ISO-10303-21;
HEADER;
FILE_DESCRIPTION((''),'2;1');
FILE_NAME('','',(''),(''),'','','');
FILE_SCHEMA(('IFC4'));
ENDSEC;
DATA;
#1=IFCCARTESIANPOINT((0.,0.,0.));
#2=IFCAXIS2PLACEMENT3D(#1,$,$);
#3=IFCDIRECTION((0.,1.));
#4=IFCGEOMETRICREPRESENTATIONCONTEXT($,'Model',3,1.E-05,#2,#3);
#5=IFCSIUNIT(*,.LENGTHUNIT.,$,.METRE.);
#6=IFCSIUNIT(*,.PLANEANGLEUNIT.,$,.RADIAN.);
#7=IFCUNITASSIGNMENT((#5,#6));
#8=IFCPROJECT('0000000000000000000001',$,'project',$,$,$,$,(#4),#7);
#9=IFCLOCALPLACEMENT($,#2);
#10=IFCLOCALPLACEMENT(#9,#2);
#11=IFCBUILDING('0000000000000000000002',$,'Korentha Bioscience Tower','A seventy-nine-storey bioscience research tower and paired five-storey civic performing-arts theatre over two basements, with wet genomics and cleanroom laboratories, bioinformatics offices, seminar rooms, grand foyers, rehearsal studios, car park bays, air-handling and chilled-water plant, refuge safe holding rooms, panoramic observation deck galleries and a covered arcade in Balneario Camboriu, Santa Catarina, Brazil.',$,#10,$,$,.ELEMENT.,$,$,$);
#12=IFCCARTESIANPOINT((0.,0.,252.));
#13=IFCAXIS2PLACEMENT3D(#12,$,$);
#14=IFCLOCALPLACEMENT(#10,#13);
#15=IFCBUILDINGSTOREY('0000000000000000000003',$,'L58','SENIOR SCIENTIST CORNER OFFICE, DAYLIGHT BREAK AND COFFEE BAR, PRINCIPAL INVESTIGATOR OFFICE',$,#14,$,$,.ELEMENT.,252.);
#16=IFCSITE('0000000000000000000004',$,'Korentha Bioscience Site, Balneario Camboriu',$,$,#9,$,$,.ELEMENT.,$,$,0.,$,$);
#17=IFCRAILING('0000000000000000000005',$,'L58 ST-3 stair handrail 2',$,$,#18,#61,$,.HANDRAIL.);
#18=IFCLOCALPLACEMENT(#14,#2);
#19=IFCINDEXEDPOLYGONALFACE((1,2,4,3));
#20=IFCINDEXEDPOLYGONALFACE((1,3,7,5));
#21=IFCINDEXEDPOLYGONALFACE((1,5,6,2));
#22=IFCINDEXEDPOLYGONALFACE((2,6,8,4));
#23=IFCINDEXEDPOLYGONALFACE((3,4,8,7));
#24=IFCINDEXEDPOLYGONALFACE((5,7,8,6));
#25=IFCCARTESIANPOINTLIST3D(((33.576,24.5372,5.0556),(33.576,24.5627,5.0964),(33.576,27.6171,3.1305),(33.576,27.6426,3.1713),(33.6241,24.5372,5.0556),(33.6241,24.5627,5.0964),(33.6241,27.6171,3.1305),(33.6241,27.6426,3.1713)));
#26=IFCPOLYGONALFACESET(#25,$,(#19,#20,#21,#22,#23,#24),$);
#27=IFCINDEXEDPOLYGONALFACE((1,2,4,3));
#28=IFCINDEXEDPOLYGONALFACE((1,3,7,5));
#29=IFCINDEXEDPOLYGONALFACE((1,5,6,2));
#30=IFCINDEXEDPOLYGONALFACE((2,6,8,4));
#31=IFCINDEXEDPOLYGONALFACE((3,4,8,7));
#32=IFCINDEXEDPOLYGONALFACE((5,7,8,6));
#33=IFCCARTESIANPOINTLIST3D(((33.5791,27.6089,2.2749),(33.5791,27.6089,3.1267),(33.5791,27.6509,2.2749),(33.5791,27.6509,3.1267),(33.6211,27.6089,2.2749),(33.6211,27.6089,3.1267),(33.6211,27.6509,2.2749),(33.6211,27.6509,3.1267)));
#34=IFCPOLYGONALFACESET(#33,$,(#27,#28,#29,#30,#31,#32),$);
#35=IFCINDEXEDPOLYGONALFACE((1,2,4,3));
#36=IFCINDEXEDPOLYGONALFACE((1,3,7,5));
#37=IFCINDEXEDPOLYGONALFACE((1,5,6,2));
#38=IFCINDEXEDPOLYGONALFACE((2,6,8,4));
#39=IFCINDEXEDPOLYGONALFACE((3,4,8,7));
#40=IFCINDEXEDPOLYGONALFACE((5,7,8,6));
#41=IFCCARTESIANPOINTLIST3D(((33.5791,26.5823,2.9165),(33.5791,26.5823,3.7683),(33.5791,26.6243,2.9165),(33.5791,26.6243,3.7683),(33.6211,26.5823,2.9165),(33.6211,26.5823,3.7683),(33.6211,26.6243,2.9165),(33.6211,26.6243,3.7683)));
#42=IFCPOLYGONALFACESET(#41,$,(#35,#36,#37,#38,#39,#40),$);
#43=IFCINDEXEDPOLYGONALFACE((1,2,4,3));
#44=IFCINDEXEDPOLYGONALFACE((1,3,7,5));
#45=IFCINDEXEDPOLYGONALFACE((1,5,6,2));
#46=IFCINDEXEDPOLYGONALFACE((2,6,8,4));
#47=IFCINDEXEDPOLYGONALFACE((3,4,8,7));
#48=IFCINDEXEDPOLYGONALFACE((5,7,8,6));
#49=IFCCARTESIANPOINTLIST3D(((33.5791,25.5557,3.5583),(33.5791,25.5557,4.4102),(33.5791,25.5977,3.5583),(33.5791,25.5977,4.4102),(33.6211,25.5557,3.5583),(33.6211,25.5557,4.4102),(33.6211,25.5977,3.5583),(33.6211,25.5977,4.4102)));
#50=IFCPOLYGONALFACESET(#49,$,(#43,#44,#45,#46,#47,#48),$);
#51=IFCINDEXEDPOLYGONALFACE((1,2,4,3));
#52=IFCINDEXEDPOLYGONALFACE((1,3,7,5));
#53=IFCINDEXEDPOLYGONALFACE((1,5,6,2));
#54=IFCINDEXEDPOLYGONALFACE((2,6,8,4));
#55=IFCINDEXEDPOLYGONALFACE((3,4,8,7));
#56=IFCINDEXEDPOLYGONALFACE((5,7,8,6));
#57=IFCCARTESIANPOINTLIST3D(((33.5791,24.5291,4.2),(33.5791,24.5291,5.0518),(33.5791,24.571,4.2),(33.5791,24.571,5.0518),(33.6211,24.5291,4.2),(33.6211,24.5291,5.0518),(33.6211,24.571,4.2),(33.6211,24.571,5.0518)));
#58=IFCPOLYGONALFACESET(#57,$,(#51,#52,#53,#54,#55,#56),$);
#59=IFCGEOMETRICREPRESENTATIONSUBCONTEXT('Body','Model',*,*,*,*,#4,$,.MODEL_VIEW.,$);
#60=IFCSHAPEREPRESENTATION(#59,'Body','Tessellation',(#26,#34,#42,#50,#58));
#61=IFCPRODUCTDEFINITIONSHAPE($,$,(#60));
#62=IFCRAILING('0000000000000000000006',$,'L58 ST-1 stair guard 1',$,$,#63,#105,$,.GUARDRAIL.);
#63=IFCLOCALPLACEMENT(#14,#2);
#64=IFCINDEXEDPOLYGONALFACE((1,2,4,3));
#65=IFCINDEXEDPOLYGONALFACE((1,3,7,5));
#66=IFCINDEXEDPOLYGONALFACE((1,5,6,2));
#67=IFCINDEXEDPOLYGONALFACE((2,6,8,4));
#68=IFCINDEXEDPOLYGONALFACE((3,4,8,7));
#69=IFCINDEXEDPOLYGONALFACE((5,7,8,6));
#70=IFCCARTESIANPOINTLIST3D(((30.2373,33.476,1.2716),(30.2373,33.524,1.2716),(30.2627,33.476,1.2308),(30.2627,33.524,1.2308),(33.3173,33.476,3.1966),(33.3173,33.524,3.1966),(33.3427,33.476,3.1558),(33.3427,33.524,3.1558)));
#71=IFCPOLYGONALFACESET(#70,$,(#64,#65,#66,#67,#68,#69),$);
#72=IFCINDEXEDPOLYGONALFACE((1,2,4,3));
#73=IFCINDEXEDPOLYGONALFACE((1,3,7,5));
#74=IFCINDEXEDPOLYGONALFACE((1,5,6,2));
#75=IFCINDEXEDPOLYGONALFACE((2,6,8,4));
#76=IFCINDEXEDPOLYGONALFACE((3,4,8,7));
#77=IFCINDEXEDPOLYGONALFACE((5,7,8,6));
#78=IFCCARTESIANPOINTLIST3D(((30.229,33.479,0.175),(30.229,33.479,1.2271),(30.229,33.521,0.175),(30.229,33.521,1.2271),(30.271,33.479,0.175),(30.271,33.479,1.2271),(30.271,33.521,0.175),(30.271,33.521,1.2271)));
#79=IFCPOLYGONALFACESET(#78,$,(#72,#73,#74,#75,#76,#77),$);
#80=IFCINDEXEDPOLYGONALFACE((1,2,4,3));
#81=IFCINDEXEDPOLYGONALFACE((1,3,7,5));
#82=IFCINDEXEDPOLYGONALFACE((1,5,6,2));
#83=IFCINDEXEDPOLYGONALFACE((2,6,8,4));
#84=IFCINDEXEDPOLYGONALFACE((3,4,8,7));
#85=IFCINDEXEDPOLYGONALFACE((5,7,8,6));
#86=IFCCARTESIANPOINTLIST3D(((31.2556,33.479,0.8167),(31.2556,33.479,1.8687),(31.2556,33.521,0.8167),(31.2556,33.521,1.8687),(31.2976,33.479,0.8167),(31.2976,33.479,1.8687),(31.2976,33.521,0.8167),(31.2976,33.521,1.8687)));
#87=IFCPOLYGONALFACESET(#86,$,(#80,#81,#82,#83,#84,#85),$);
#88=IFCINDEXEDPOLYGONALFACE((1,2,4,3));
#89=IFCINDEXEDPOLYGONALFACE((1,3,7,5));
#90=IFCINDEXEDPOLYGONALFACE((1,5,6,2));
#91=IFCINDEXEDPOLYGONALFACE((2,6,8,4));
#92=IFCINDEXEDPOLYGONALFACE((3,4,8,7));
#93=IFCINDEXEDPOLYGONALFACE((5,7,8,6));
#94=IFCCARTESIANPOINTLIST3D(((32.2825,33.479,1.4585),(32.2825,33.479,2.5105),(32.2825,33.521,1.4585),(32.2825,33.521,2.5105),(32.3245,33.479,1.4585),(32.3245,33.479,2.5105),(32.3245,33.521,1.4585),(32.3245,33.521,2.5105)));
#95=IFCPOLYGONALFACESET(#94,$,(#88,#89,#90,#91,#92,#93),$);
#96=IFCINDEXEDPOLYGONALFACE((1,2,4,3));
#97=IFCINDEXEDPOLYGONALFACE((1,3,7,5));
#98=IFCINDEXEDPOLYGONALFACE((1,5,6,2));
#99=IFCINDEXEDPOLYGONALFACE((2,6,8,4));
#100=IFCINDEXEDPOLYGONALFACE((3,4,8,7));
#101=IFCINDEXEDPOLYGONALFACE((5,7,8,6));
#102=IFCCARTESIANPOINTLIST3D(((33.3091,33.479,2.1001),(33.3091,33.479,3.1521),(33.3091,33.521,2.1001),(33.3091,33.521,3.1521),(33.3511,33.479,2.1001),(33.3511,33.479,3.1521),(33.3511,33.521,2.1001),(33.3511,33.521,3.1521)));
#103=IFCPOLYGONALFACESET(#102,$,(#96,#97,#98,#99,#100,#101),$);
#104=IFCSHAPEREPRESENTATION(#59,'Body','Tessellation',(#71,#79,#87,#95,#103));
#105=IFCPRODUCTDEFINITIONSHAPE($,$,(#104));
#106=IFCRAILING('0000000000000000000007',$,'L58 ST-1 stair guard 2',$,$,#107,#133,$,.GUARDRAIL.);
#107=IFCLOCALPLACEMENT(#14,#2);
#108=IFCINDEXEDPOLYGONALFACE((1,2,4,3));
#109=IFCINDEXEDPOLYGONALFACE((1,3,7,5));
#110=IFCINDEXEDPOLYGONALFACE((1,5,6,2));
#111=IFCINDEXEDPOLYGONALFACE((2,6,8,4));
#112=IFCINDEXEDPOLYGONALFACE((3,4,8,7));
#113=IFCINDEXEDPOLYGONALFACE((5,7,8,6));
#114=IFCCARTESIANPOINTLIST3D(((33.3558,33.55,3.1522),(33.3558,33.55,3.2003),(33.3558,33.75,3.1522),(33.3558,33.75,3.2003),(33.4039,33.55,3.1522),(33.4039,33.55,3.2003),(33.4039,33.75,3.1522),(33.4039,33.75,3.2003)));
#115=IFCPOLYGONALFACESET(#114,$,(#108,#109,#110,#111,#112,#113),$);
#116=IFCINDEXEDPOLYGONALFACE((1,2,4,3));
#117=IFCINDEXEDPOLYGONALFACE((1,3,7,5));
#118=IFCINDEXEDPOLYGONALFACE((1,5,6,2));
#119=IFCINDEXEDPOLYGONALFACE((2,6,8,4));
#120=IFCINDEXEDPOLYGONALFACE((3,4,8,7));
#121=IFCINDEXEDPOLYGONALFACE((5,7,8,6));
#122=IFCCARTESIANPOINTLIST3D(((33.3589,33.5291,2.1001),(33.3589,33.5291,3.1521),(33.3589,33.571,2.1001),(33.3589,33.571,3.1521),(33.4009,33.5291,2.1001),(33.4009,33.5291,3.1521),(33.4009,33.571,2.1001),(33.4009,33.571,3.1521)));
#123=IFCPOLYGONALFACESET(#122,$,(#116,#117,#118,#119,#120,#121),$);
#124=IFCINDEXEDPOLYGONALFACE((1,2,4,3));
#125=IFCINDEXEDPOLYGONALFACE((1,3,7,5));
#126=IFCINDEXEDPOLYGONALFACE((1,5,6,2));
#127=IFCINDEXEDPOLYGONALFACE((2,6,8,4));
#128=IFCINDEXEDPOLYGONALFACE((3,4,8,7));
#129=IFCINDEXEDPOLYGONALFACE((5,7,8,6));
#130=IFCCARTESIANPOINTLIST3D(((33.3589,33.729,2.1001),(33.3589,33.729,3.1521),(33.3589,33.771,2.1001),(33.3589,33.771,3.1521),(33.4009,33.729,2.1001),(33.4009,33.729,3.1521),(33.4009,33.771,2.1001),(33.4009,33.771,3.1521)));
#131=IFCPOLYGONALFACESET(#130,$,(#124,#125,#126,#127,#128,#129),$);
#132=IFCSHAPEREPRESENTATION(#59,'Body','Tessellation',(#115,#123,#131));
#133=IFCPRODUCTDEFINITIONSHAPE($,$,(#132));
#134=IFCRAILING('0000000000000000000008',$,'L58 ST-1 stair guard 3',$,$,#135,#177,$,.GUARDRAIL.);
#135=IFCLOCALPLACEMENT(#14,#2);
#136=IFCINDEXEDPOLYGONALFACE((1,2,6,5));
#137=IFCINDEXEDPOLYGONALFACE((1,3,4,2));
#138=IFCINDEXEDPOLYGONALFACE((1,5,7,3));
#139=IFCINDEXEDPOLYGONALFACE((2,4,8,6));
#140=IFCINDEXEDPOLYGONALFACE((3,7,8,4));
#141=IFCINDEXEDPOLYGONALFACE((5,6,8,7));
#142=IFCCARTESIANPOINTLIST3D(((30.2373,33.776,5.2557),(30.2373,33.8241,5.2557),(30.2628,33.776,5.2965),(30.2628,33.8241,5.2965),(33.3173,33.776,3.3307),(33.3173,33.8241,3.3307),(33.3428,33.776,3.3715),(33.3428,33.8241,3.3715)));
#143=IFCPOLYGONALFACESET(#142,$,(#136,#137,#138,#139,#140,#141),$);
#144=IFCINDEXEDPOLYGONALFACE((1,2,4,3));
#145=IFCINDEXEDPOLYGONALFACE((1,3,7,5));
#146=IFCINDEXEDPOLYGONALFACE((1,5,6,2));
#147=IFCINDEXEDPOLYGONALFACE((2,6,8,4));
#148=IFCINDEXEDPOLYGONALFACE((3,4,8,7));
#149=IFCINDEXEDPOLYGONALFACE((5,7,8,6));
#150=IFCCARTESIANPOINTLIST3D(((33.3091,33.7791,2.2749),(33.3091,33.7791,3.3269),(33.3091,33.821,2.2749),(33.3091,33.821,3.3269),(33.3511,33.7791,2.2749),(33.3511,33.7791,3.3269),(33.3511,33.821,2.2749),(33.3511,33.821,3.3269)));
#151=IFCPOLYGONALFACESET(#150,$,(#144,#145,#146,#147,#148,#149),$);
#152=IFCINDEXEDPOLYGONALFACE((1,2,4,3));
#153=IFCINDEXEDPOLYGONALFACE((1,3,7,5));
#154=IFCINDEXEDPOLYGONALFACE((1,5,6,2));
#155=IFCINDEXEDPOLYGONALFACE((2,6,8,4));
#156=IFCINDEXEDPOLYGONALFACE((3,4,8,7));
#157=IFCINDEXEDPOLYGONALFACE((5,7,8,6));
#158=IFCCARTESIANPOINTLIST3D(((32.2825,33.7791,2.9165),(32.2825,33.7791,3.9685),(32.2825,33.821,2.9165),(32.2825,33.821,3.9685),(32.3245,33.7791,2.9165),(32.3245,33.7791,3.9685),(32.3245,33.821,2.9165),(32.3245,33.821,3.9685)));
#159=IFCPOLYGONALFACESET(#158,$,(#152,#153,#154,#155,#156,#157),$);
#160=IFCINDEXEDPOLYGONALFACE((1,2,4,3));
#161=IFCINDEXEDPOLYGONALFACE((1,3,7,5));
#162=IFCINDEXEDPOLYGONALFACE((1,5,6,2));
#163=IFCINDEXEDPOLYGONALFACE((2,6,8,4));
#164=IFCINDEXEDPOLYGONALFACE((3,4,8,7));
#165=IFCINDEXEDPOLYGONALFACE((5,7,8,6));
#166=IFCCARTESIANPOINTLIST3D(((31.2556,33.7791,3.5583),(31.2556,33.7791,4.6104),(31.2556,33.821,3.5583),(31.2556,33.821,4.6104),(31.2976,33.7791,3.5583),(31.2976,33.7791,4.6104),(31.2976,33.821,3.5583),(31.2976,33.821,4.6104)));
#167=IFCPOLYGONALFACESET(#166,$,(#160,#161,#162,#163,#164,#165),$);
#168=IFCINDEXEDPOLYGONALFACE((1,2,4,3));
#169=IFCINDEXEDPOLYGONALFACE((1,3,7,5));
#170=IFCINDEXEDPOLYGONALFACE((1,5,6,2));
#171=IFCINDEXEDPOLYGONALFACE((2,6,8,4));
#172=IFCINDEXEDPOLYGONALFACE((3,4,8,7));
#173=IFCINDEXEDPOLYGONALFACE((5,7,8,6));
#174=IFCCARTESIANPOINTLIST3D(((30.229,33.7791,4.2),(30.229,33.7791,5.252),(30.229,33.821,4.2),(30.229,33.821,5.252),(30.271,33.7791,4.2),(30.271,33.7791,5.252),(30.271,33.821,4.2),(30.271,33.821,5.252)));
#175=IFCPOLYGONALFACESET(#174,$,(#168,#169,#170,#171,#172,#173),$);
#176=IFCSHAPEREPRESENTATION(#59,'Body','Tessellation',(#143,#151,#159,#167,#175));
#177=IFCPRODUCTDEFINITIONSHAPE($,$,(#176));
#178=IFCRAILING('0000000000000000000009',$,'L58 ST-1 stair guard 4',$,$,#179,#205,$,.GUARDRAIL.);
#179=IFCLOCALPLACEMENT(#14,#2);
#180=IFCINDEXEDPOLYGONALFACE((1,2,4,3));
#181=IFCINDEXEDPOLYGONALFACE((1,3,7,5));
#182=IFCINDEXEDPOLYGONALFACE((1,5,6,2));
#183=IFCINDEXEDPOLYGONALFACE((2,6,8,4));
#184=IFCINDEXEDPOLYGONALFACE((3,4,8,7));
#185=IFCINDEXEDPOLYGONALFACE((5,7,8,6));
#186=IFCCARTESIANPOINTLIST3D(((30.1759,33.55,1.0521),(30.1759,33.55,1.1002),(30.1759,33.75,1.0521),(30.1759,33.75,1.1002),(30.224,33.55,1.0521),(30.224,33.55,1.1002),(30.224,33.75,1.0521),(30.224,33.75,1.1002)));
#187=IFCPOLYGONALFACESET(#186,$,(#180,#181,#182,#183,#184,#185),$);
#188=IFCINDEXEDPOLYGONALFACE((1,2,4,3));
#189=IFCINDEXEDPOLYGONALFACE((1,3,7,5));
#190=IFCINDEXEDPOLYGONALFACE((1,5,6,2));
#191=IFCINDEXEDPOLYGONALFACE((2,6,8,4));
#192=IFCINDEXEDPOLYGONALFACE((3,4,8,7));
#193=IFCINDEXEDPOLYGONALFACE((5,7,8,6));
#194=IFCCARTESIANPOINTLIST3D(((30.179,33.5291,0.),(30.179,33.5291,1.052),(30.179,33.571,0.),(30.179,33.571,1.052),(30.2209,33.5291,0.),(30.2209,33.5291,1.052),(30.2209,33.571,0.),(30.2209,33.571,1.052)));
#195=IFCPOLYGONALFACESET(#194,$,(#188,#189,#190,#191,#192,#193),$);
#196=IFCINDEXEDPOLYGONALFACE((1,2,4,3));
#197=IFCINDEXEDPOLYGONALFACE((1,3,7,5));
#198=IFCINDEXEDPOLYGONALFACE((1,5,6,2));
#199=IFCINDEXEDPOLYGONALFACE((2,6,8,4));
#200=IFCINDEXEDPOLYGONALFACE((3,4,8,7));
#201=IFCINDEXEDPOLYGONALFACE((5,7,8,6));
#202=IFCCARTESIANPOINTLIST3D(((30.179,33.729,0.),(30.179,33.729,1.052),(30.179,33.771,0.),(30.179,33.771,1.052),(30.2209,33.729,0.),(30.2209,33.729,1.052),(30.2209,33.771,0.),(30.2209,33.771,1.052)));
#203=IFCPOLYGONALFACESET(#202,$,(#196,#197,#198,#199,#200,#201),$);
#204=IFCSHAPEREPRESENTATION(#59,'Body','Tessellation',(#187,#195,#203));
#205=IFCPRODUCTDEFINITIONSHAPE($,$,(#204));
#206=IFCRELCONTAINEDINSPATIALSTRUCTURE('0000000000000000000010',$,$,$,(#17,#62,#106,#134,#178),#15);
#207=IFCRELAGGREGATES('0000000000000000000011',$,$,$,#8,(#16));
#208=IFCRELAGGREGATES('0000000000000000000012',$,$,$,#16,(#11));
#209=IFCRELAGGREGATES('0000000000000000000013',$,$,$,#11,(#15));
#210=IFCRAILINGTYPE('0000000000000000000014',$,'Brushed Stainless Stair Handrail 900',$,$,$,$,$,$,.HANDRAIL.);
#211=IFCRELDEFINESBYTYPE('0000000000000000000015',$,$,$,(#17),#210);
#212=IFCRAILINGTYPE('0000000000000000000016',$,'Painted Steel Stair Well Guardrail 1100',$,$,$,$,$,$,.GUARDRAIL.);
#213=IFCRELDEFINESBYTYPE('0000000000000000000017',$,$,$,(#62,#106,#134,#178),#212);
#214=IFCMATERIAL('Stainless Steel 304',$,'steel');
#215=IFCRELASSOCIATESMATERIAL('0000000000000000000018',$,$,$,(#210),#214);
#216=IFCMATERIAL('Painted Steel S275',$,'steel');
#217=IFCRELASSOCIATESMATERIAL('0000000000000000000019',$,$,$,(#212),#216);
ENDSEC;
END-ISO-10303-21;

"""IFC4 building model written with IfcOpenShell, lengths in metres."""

from ifc_helpers import new_model, si_unit, direction, frame, origin, origin_2d, place, context, subcontext, project, spatial, rectangle, extrude, material, type_object, element, save


model = new_model("IFC4")

# Units and contexts
model_context = context("Model", 3, precision=1e-05, world=origin(), true_north=direction((0.0, 1.0)))
body_context = subcontext(model_context, "Body", "Model", "MODEL_VIEW")
ifc_project = project(units=[si_unit("LENGTHUNIT", "METRE"), si_unit("PLANEANGLEUNIT", "RADIAN")], contexts=[model_context])

# Site, building, storey
site_placement = place(None, origin())
site = spatial("IfcSite", under=ifc_project, at=site_placement, Name="Korentha Bioscience Site, Balneario Camboriu", CompositionType="ELEMENT", RefElevation=0.0)
building_placement = place(site_placement, origin())
building = spatial("IfcBuilding", under=site, at=building_placement, Name="Korentha Bioscience Tower", Description="A seventy-nine-storey bioscience research tower and paired five-storey civic performing-arts theatre over two basements, with wet genomics and cleanroom laboratories, bioinformatics offices, seminar rooms, grand foyers, rehearsal studios, car park bays, air-handling and chilled-water plant, refuge safe holding rooms, panoramic observation deck galleries and a covered arcade in Balneario Camboriu, Santa Catarina, Brazil.", CompositionType="ELEMENT")
storey_placement = place(building_placement, frame((0.0, 0.0, 252.0)))
storey = spatial("IfcBuildingStorey", under=building, at=storey_placement, Name="L58", Description="SENIOR SCIENTIST CORNER OFFICE, DAYLIGHT BREAK AND COFFEE BAR, PRINCIPAL INVESTIGATOR OFFICE", CompositionType="ELEMENT", Elevation=252.0)

# Railings
ifc_material_1 = material(Name="Stainless Steel 304", Category="steel")
railing_type_1 = type_object("IfcRailingType", Name="Brushed Stainless Stair Handrail 900", PredefinedType="HANDRAIL", material=ifc_material_1)
railing_1_placement = place(storey_placement, frame((33.6001, 27.6299, 2.2749)))
element("IfcRailing", 1, at=railing_1_placement, inside=storey, type_object=railing_type_1, Name="L58 ST-3 stair handrail 2", PredefinedType="HANDRAIL", context=body_context, shape_type="SweptSolid", body=[
    extrude(rectangle(XDim=0.0481, YDim=0.0481, at=origin_2d()), frame((0.0, 0.0, 0.876), z_axis=(0.0, -0.847979, 0.530029), x_axis=(1.0, 0.0, 0.0)), (0.0, 0.0, 1.0), 3.6321),
    extrude(rectangle(XDim=0.042, YDim=0.042, at=origin_2d()), origin(), (0.0, 0.0, 1.0), 0.8518),
    extrude(rectangle(XDim=0.042, YDim=0.042, at=origin_2d()), frame((0.0, -1.0266, 0.6416)), (0.0, 0.0, 1.0), 0.8518),
    extrude(rectangle(XDim=0.042, YDim=0.042, at=origin_2d()), frame((0.0, -2.0532, 1.2834)), (0.0, 0.0, 1.0), 0.8518),
    extrude(rectangle(XDim=0.042, YDim=0.042, at=origin_2d()), frame((0.0, -3.0798, 1.925)), (0.0, 0.0, 1.0), 0.8518),
])
ifc_material_2 = material(Name="Painted Steel S275", Category="steel")
railing_type_2 = type_object("IfcRailingType", Name="Painted Steel Stair Well Guardrail 1100", PredefinedType="GUARDRAIL", material=ifc_material_2)
railing_2_placement = place(storey_placement, frame((30.25, 33.5, 0.175)))
element("IfcRailing", 2, at=railing_2_placement, inside=storey, type_object=railing_type_2, Name="L58 ST-1 stair guard 1", PredefinedType="GUARDRAIL", context=body_context, shape_type="SweptSolid", body=[
    extrude(rectangle(XDim=0.0481, YDim=0.0481, at=origin_2d()), frame((0.0, 0.0, 1.0762), z_axis=(0.847998, 0.0, 0.529999), x_axis=(0.0, 1.0, 0.0)), (0.0, 0.0, 1.0), 3.6321),
    extrude(rectangle(XDim=0.042, YDim=0.042, at=origin_2d()), origin(), (0.0, 0.0, 1.0), 1.052),
    extrude(rectangle(XDim=0.042, YDim=0.042, at=origin_2d()), frame((1.0266, 0.0, 0.6416)), (0.0, 0.0, 1.0), 1.052),
    extrude(rectangle(XDim=0.042, YDim=0.042, at=origin_2d()), frame((2.0535, 0.0, 1.2834)), (0.0, 0.0, 1.0), 1.052),
    extrude(rectangle(XDim=0.042, YDim=0.042, at=origin_2d()), frame((3.0801, 0.0, 1.925)), (0.0, 0.0, 1.0), 1.052),
])
railing_3_placement = place(storey_placement, frame((33.3799, 33.55, 2.1001)))
element("IfcRailing", 3, at=railing_3_placement, inside=storey, type_object=railing_type_2, Name="L58 ST-1 stair guard 2", PredefinedType="GUARDRAIL", context=body_context, shape_type="SweptSolid", body=[
    extrude(rectangle(XDim=0.0481, YDim=0.0481, at=origin_2d()), frame((0.0, 0.0, 1.0762), z_axis=(0.0, 1.0, 0.0), x_axis=(-1.0, 0.0, 0.0)), (0.0, 0.0, 1.0), 0.2),
    extrude(rectangle(XDim=0.042, YDim=0.042, at=origin_2d()), origin(), (0.0, 0.0, 1.0), 1.052),
    extrude(rectangle(XDim=0.042, YDim=0.042, at=origin_2d()), frame((0.0, 0.2, 0.0)), (0.0, 0.0, 1.0), 1.052),
])
railing_4_placement = place(storey_placement, frame((33.3301, 33.8, 2.2749)))
element("IfcRailing", 4, at=railing_4_placement, inside=storey, type_object=railing_type_2, Name="L58 ST-1 stair guard 3", PredefinedType="GUARDRAIL", context=body_context, shape_type="SweptSolid", body=[
    extrude(rectangle(XDim=0.0481, YDim=0.0481, at=origin_2d()), frame((0.0, 0.0, 1.0762), z_axis=(-0.847998, 0.0, 0.529999), x_axis=(0.0, -1.0, 0.0)), (0.0, 0.0, 1.0), 3.6321),
    extrude(rectangle(XDim=0.042, YDim=0.042, at=origin_2d()), origin(), (0.0, 0.0, 1.0), 1.052),
    extrude(rectangle(XDim=0.042, YDim=0.042, at=origin_2d()), frame((-1.0266, 0.0, 0.6416)), (0.0, 0.0, 1.0), 1.052),
    extrude(rectangle(XDim=0.042, YDim=0.042, at=origin_2d()), frame((-2.0535, 0.0, 1.2834)), (0.0, 0.0, 1.0), 1.052),
    extrude(rectangle(XDim=0.042, YDim=0.042, at=origin_2d()), frame((-3.0801, 0.0, 1.925)), (0.0, 0.0, 1.0), 1.052),
])
railing_5_placement = place(storey_placement, frame((30.2, 33.55, 0.0)))
element("IfcRailing", 5, at=railing_5_placement, inside=storey, type_object=railing_type_2, Name="L58 ST-1 stair guard 4", PredefinedType="GUARDRAIL", context=body_context, shape_type="SweptSolid", body=[
    extrude(rectangle(XDim=0.0481, YDim=0.0481, at=origin_2d()), frame((0.0, 0.0, 1.0762), z_axis=(0.0, 1.0, 0.0), x_axis=(-1.0, 0.0, 0.0)), (0.0, 0.0, 1.0), 0.2),
    extrude(rectangle(XDim=0.042, YDim=0.042, at=origin_2d()), origin(), (0.0, 0.0, 1.0), 1.052),
    extrude(rectangle(XDim=0.042, YDim=0.042, at=origin_2d()), frame((0.0, 0.2, 0.0)), (0.0, 0.0, 1.0), 1.052),
])

save(model, "model.ifc")
